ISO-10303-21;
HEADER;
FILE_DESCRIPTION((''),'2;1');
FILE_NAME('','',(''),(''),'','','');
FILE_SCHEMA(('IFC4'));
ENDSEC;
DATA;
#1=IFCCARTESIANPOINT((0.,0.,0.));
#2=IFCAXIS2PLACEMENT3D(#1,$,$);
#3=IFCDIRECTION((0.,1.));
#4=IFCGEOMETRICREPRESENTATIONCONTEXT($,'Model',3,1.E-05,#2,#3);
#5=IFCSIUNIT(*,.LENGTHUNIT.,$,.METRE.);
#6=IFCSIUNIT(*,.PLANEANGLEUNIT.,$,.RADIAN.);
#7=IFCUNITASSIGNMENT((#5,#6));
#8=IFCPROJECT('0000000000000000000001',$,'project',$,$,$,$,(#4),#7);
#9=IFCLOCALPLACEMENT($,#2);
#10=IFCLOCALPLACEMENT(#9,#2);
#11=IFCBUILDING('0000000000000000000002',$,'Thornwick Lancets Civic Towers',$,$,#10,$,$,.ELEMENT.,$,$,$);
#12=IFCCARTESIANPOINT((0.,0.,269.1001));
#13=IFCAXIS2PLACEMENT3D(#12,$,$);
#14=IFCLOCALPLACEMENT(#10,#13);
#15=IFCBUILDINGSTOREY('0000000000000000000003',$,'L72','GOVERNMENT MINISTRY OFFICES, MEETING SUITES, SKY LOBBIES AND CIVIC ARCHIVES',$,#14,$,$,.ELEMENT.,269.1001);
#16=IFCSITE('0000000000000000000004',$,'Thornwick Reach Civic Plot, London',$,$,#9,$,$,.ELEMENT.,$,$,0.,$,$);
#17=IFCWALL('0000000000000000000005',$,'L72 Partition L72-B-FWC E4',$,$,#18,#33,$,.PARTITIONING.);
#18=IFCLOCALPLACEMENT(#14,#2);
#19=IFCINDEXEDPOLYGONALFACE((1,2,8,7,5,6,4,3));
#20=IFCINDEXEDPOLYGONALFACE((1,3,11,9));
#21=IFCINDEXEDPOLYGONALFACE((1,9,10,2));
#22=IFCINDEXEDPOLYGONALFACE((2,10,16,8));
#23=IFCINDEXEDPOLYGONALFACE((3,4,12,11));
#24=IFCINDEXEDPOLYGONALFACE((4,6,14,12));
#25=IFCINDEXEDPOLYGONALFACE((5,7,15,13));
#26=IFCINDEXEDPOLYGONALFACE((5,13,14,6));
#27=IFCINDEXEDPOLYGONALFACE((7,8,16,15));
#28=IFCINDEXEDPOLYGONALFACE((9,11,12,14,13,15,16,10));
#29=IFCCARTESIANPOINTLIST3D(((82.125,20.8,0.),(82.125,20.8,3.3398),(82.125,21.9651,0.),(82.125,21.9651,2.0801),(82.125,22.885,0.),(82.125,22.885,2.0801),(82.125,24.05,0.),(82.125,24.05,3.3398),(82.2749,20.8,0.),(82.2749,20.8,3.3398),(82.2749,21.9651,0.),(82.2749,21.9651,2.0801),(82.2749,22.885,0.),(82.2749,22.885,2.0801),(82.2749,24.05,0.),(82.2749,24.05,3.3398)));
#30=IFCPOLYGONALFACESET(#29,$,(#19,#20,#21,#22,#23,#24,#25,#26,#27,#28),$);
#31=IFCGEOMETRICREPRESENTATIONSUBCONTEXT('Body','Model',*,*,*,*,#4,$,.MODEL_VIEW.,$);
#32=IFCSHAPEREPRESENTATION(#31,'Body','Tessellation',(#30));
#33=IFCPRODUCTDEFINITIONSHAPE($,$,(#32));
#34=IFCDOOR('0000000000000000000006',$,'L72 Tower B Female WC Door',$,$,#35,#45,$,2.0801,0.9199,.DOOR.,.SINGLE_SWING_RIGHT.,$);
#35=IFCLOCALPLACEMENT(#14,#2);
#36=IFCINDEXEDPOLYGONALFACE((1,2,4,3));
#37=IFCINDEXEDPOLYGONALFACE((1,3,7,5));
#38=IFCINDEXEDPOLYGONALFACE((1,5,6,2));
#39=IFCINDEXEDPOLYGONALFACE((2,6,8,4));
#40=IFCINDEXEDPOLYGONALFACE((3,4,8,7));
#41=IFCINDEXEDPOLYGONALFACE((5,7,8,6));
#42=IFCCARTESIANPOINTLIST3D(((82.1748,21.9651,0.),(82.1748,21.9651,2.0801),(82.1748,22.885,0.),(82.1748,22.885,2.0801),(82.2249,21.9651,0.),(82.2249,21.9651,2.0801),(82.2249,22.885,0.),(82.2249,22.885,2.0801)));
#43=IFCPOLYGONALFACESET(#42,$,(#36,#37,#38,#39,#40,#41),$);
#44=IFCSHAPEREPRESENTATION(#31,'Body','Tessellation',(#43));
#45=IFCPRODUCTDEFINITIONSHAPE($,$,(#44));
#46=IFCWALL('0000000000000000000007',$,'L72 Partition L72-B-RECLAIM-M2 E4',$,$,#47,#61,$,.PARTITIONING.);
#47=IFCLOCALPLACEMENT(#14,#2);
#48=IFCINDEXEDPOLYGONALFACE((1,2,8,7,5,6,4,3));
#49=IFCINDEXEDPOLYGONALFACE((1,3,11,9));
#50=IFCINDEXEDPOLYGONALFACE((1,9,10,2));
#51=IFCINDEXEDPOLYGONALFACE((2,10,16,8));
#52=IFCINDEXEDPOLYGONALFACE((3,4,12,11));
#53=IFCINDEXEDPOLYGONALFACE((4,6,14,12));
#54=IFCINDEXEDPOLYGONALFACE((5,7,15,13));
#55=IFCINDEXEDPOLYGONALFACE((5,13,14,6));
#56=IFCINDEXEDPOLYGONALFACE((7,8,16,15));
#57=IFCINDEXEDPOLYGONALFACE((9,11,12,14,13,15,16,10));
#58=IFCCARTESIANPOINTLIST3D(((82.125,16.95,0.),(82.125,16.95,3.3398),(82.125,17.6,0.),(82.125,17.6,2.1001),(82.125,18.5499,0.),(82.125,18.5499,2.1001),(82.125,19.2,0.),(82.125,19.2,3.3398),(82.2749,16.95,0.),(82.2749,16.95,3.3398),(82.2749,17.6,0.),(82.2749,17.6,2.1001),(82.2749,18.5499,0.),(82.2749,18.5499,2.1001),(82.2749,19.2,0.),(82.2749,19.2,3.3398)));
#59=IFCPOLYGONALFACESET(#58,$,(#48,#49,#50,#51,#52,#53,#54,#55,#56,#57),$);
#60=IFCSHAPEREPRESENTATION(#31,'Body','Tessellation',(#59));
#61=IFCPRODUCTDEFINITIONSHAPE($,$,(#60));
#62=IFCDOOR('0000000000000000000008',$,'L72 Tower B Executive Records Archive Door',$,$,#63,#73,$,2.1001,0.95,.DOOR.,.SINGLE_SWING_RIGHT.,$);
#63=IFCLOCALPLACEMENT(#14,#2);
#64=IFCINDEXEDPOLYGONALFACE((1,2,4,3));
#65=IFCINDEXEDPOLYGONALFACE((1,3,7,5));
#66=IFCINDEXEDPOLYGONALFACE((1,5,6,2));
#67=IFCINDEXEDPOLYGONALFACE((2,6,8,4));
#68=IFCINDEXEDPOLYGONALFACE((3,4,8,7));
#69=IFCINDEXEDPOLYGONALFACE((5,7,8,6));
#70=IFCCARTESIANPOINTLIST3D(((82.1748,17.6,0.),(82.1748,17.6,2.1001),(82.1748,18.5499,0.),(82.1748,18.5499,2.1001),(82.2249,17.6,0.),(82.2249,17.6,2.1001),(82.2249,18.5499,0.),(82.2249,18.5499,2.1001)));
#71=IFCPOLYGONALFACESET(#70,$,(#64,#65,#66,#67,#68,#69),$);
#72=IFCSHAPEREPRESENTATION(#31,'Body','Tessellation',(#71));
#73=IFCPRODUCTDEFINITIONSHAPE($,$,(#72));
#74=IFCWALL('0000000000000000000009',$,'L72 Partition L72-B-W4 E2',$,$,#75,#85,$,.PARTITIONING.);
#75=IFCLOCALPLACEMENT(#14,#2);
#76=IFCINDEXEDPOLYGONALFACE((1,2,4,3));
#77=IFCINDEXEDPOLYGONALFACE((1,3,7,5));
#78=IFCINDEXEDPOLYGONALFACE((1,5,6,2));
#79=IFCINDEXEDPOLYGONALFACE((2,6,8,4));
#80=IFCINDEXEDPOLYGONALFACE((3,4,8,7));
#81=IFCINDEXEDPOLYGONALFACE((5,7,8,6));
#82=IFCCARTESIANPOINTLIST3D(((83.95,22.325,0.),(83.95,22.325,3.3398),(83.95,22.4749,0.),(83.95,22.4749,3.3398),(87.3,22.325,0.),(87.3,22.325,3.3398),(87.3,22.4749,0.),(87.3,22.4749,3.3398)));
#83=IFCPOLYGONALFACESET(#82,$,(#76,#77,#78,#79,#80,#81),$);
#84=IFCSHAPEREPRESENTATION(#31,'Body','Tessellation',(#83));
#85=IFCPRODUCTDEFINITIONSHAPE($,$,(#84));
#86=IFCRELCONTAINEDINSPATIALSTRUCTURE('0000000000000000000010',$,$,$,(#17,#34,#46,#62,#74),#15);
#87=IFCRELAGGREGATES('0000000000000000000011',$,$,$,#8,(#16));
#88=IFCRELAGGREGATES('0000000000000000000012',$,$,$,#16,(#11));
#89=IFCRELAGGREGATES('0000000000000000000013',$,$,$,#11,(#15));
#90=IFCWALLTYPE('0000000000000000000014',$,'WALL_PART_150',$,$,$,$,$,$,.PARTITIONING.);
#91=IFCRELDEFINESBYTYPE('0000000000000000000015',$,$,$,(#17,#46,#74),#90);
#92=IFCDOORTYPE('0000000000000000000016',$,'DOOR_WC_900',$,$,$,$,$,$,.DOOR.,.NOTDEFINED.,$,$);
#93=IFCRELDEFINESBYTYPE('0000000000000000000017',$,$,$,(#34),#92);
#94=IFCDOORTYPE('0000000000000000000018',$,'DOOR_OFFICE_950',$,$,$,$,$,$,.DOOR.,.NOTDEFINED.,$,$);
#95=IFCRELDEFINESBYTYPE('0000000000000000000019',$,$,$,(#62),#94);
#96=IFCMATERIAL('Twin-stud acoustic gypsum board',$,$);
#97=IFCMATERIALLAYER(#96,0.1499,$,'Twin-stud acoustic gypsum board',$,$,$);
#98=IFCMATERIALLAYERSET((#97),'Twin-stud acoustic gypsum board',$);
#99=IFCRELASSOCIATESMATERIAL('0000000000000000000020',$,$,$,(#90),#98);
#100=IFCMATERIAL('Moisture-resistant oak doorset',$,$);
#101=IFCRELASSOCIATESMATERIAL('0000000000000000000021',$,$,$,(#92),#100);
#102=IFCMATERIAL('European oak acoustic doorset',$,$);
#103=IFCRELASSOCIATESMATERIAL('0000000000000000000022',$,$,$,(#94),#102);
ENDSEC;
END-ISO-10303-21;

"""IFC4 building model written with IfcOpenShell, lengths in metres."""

from ifc_helpers import new_model, si_unit, direction, frame, frame_2d, origin, place, context, subcontext, project, spatial, rectangle, extrude, material, layer, layer_set, type_object, element, fill, save


model = new_model("IFC4")

# Units and contexts
model_context = context("Model", 3, precision=1e-05, world=origin(), true_north=direction((0.0, 1.0)))
body_context = subcontext(model_context, "Body", "Model", "MODEL_VIEW")
ifc_project = project(units=[si_unit("LENGTHUNIT", "METRE"), si_unit("PLANEANGLEUNIT", "RADIAN")], contexts=[model_context])

# Site, building, storey
site_placement = place(None, origin())
site = spatial("IfcSite", under=ifc_project, at=site_placement, Name="Thornwick Reach Civic Plot, London", CompositionType="ELEMENT", RefElevation=0.0)
building_placement = place(site_placement, origin())
building = spatial("IfcBuilding", under=site, at=building_placement, Name="Thornwick Lancets Civic Towers", CompositionType="ELEMENT")
storey_placement = place(building_placement, frame((0.0, 0.0, 269.1001)))
storey = spatial("IfcBuildingStorey", under=building, at=storey_placement, Name="L72", Description="GOVERNMENT MINISTRY OFFICES, MEETING SUITES, SKY LOBBIES AND CIVIC ARCHIVES", CompositionType="ELEMENT", Elevation=269.1001)

# Shared definitions
ifc_material_1 = material(Name="Twin-stud acoustic gypsum board")
ifc_layer_1 = layer(ifc_material_1, 0.1499, Name="Twin-stud acoustic gypsum board")
ifc_layer_set_1 = layer_set([ifc_layer_1], Name="Twin-stud acoustic gypsum board")
wall_type_1 = type_object("IfcWallType", Name="WALL_PART_150", PredefinedType="PARTITIONING", material=ifc_layer_set_1)

# Walls, openings, doors
wall_1_placement = place(storey_placement, frame((82.2, 24.05, 0.0), z_axis=(0.0, 0.0, 1.0), x_axis=(0.0, -1.0, 0.0)))
wall_1 = element("IfcWall", 1, at=wall_1_placement, inside=storey, type_object=wall_type_1, Name="L72 Partition L72-B-FWC E4", PredefinedType="PARTITIONING", context=body_context, shape_type="SweptSolid", body=[
    extrude(rectangle(XDim=3.25, YDim=0.1499, at=frame_2d((1.625, 0.0))), origin(), (0.0, 0.0, 1.0), 3.3398),
])
opening_1_placement = place(wall_1_placement, frame((1.165, 0.0, 0.0)))
opening_1 = element("IfcOpeningElement", 2, at=opening_1_placement, cuts=wall_1, PredefinedType="OPENING", context=body_context, shape_type="SweptSolid", body=[
    extrude(rectangle(XDim=0.9199, YDim=2.0801, at=frame_2d((0.46, 1.04))), frame((0.0, 0.085, 0.0), z_axis=(0.0, -1.0, 0.0), x_axis=(1.0, 0.0, 0.0)), (0.0, 0.0, 1.0), 0.1699),
])
ifc_material_2 = material(Name="Moisture-resistant oak doorset")
door_type_1 = type_object("IfcDoorType", Name="DOOR_WC_900", OperationType="NOTDEFINED", PredefinedType="DOOR", material=ifc_material_2)
door_1_placement = place(opening_1_placement, origin())
door_1 = element("IfcDoor", 3, at=door_1_placement, inside=storey, type_object=door_type_1, Name="L72 Tower B Female WC Door", OperationType="SINGLE_SWING_RIGHT", OverallHeight=2.0801, OverallWidth=0.9199, PredefinedType="DOOR", context=body_context, shape_type="SweptSolid", body=[
    extrude(rectangle(XDim=0.9199, YDim=2.0801, at=frame_2d((0.46, 1.04))), frame((0.0, 0.0249, 0.0), z_axis=(0.0, -1.0, 0.0), x_axis=(1.0, 0.0, 0.0)), (0.0, 0.0, 1.0), 0.05),
])
fill(opening_1, door_1)
wall_2_placement = place(storey_placement, frame((82.2, 19.2, 0.0), z_axis=(0.0, 0.0, 1.0), x_axis=(0.0, -1.0, 0.0)))
wall_2 = element("IfcWall", 4, at=wall_2_placement, inside=storey, type_object=wall_type_1, Name="L72 Partition L72-B-RECLAIM-M2 E4", PredefinedType="PARTITIONING", context=body_context, shape_type="SweptSolid", body=[
    extrude(rectangle(XDim=2.25, YDim=0.1499, at=frame_2d((1.125, 0.0))), origin(), (0.0, 0.0, 1.0), 3.3398),
])
opening_2_placement = place(wall_2_placement, frame((0.6499, 0.0, 0.0)))
opening_2 = element("IfcOpeningElement", 5, at=opening_2_placement, cuts=wall_2, PredefinedType="OPENING", context=body_context, shape_type="SweptSolid", body=[
    extrude(rectangle(XDim=0.95, YDim=2.1001, at=frame_2d((0.4751, 1.05))), frame((0.0, 0.085, 0.0), z_axis=(0.0, -1.0, 0.0), x_axis=(1.0, 0.0, 0.0)), (0.0, 0.0, 1.0), 0.1699),
])
ifc_material_3 = material(Name="European oak acoustic doorset")
door_type_2 = type_object("IfcDoorType", Name="DOOR_OFFICE_950", OperationType="NOTDEFINED", PredefinedType="DOOR", material=ifc_material_3)
door_2_placement = place(opening_2_placement, origin())
door_2 = element("IfcDoor", 6, at=door_2_placement, inside=storey, type_object=door_type_2, Name="L72 Tower B Executive Records Archive Door", OperationType="SINGLE_SWING_RIGHT", OverallHeight=2.1001, OverallWidth=0.95, PredefinedType="DOOR", context=body_context, shape_type="SweptSolid", body=[
    extrude(rectangle(XDim=0.95, YDim=2.1001, at=frame_2d((0.4751, 1.05))), frame((0.0, 0.0249, 0.0), z_axis=(0.0, -1.0, 0.0), x_axis=(1.0, 0.0, 0.0)), (0.0, 0.0, 1.0), 0.05),
])
fill(opening_2, door_2)

# Wall
wall_3_placement = place(storey_placement, frame((83.95, 22.3999, 0.0), z_axis=(0.0, 0.0, 1.0), x_axis=(1.0, 0.0, 0.0)))
element("IfcWall", 7, at=wall_3_placement, inside=storey, type_object=wall_type_1, Name="L72 Partition L72-B-W4 E2", PredefinedType="PARTITIONING", context=body_context, shape_type="SweptSolid", body=[
    extrude(rectangle(XDim=3.3501, YDim=0.1499, at=frame_2d((1.675, 0.0))), origin(), (0.0, 0.0, 1.0), 3.3398),
])

save(model, "model.ifc")
